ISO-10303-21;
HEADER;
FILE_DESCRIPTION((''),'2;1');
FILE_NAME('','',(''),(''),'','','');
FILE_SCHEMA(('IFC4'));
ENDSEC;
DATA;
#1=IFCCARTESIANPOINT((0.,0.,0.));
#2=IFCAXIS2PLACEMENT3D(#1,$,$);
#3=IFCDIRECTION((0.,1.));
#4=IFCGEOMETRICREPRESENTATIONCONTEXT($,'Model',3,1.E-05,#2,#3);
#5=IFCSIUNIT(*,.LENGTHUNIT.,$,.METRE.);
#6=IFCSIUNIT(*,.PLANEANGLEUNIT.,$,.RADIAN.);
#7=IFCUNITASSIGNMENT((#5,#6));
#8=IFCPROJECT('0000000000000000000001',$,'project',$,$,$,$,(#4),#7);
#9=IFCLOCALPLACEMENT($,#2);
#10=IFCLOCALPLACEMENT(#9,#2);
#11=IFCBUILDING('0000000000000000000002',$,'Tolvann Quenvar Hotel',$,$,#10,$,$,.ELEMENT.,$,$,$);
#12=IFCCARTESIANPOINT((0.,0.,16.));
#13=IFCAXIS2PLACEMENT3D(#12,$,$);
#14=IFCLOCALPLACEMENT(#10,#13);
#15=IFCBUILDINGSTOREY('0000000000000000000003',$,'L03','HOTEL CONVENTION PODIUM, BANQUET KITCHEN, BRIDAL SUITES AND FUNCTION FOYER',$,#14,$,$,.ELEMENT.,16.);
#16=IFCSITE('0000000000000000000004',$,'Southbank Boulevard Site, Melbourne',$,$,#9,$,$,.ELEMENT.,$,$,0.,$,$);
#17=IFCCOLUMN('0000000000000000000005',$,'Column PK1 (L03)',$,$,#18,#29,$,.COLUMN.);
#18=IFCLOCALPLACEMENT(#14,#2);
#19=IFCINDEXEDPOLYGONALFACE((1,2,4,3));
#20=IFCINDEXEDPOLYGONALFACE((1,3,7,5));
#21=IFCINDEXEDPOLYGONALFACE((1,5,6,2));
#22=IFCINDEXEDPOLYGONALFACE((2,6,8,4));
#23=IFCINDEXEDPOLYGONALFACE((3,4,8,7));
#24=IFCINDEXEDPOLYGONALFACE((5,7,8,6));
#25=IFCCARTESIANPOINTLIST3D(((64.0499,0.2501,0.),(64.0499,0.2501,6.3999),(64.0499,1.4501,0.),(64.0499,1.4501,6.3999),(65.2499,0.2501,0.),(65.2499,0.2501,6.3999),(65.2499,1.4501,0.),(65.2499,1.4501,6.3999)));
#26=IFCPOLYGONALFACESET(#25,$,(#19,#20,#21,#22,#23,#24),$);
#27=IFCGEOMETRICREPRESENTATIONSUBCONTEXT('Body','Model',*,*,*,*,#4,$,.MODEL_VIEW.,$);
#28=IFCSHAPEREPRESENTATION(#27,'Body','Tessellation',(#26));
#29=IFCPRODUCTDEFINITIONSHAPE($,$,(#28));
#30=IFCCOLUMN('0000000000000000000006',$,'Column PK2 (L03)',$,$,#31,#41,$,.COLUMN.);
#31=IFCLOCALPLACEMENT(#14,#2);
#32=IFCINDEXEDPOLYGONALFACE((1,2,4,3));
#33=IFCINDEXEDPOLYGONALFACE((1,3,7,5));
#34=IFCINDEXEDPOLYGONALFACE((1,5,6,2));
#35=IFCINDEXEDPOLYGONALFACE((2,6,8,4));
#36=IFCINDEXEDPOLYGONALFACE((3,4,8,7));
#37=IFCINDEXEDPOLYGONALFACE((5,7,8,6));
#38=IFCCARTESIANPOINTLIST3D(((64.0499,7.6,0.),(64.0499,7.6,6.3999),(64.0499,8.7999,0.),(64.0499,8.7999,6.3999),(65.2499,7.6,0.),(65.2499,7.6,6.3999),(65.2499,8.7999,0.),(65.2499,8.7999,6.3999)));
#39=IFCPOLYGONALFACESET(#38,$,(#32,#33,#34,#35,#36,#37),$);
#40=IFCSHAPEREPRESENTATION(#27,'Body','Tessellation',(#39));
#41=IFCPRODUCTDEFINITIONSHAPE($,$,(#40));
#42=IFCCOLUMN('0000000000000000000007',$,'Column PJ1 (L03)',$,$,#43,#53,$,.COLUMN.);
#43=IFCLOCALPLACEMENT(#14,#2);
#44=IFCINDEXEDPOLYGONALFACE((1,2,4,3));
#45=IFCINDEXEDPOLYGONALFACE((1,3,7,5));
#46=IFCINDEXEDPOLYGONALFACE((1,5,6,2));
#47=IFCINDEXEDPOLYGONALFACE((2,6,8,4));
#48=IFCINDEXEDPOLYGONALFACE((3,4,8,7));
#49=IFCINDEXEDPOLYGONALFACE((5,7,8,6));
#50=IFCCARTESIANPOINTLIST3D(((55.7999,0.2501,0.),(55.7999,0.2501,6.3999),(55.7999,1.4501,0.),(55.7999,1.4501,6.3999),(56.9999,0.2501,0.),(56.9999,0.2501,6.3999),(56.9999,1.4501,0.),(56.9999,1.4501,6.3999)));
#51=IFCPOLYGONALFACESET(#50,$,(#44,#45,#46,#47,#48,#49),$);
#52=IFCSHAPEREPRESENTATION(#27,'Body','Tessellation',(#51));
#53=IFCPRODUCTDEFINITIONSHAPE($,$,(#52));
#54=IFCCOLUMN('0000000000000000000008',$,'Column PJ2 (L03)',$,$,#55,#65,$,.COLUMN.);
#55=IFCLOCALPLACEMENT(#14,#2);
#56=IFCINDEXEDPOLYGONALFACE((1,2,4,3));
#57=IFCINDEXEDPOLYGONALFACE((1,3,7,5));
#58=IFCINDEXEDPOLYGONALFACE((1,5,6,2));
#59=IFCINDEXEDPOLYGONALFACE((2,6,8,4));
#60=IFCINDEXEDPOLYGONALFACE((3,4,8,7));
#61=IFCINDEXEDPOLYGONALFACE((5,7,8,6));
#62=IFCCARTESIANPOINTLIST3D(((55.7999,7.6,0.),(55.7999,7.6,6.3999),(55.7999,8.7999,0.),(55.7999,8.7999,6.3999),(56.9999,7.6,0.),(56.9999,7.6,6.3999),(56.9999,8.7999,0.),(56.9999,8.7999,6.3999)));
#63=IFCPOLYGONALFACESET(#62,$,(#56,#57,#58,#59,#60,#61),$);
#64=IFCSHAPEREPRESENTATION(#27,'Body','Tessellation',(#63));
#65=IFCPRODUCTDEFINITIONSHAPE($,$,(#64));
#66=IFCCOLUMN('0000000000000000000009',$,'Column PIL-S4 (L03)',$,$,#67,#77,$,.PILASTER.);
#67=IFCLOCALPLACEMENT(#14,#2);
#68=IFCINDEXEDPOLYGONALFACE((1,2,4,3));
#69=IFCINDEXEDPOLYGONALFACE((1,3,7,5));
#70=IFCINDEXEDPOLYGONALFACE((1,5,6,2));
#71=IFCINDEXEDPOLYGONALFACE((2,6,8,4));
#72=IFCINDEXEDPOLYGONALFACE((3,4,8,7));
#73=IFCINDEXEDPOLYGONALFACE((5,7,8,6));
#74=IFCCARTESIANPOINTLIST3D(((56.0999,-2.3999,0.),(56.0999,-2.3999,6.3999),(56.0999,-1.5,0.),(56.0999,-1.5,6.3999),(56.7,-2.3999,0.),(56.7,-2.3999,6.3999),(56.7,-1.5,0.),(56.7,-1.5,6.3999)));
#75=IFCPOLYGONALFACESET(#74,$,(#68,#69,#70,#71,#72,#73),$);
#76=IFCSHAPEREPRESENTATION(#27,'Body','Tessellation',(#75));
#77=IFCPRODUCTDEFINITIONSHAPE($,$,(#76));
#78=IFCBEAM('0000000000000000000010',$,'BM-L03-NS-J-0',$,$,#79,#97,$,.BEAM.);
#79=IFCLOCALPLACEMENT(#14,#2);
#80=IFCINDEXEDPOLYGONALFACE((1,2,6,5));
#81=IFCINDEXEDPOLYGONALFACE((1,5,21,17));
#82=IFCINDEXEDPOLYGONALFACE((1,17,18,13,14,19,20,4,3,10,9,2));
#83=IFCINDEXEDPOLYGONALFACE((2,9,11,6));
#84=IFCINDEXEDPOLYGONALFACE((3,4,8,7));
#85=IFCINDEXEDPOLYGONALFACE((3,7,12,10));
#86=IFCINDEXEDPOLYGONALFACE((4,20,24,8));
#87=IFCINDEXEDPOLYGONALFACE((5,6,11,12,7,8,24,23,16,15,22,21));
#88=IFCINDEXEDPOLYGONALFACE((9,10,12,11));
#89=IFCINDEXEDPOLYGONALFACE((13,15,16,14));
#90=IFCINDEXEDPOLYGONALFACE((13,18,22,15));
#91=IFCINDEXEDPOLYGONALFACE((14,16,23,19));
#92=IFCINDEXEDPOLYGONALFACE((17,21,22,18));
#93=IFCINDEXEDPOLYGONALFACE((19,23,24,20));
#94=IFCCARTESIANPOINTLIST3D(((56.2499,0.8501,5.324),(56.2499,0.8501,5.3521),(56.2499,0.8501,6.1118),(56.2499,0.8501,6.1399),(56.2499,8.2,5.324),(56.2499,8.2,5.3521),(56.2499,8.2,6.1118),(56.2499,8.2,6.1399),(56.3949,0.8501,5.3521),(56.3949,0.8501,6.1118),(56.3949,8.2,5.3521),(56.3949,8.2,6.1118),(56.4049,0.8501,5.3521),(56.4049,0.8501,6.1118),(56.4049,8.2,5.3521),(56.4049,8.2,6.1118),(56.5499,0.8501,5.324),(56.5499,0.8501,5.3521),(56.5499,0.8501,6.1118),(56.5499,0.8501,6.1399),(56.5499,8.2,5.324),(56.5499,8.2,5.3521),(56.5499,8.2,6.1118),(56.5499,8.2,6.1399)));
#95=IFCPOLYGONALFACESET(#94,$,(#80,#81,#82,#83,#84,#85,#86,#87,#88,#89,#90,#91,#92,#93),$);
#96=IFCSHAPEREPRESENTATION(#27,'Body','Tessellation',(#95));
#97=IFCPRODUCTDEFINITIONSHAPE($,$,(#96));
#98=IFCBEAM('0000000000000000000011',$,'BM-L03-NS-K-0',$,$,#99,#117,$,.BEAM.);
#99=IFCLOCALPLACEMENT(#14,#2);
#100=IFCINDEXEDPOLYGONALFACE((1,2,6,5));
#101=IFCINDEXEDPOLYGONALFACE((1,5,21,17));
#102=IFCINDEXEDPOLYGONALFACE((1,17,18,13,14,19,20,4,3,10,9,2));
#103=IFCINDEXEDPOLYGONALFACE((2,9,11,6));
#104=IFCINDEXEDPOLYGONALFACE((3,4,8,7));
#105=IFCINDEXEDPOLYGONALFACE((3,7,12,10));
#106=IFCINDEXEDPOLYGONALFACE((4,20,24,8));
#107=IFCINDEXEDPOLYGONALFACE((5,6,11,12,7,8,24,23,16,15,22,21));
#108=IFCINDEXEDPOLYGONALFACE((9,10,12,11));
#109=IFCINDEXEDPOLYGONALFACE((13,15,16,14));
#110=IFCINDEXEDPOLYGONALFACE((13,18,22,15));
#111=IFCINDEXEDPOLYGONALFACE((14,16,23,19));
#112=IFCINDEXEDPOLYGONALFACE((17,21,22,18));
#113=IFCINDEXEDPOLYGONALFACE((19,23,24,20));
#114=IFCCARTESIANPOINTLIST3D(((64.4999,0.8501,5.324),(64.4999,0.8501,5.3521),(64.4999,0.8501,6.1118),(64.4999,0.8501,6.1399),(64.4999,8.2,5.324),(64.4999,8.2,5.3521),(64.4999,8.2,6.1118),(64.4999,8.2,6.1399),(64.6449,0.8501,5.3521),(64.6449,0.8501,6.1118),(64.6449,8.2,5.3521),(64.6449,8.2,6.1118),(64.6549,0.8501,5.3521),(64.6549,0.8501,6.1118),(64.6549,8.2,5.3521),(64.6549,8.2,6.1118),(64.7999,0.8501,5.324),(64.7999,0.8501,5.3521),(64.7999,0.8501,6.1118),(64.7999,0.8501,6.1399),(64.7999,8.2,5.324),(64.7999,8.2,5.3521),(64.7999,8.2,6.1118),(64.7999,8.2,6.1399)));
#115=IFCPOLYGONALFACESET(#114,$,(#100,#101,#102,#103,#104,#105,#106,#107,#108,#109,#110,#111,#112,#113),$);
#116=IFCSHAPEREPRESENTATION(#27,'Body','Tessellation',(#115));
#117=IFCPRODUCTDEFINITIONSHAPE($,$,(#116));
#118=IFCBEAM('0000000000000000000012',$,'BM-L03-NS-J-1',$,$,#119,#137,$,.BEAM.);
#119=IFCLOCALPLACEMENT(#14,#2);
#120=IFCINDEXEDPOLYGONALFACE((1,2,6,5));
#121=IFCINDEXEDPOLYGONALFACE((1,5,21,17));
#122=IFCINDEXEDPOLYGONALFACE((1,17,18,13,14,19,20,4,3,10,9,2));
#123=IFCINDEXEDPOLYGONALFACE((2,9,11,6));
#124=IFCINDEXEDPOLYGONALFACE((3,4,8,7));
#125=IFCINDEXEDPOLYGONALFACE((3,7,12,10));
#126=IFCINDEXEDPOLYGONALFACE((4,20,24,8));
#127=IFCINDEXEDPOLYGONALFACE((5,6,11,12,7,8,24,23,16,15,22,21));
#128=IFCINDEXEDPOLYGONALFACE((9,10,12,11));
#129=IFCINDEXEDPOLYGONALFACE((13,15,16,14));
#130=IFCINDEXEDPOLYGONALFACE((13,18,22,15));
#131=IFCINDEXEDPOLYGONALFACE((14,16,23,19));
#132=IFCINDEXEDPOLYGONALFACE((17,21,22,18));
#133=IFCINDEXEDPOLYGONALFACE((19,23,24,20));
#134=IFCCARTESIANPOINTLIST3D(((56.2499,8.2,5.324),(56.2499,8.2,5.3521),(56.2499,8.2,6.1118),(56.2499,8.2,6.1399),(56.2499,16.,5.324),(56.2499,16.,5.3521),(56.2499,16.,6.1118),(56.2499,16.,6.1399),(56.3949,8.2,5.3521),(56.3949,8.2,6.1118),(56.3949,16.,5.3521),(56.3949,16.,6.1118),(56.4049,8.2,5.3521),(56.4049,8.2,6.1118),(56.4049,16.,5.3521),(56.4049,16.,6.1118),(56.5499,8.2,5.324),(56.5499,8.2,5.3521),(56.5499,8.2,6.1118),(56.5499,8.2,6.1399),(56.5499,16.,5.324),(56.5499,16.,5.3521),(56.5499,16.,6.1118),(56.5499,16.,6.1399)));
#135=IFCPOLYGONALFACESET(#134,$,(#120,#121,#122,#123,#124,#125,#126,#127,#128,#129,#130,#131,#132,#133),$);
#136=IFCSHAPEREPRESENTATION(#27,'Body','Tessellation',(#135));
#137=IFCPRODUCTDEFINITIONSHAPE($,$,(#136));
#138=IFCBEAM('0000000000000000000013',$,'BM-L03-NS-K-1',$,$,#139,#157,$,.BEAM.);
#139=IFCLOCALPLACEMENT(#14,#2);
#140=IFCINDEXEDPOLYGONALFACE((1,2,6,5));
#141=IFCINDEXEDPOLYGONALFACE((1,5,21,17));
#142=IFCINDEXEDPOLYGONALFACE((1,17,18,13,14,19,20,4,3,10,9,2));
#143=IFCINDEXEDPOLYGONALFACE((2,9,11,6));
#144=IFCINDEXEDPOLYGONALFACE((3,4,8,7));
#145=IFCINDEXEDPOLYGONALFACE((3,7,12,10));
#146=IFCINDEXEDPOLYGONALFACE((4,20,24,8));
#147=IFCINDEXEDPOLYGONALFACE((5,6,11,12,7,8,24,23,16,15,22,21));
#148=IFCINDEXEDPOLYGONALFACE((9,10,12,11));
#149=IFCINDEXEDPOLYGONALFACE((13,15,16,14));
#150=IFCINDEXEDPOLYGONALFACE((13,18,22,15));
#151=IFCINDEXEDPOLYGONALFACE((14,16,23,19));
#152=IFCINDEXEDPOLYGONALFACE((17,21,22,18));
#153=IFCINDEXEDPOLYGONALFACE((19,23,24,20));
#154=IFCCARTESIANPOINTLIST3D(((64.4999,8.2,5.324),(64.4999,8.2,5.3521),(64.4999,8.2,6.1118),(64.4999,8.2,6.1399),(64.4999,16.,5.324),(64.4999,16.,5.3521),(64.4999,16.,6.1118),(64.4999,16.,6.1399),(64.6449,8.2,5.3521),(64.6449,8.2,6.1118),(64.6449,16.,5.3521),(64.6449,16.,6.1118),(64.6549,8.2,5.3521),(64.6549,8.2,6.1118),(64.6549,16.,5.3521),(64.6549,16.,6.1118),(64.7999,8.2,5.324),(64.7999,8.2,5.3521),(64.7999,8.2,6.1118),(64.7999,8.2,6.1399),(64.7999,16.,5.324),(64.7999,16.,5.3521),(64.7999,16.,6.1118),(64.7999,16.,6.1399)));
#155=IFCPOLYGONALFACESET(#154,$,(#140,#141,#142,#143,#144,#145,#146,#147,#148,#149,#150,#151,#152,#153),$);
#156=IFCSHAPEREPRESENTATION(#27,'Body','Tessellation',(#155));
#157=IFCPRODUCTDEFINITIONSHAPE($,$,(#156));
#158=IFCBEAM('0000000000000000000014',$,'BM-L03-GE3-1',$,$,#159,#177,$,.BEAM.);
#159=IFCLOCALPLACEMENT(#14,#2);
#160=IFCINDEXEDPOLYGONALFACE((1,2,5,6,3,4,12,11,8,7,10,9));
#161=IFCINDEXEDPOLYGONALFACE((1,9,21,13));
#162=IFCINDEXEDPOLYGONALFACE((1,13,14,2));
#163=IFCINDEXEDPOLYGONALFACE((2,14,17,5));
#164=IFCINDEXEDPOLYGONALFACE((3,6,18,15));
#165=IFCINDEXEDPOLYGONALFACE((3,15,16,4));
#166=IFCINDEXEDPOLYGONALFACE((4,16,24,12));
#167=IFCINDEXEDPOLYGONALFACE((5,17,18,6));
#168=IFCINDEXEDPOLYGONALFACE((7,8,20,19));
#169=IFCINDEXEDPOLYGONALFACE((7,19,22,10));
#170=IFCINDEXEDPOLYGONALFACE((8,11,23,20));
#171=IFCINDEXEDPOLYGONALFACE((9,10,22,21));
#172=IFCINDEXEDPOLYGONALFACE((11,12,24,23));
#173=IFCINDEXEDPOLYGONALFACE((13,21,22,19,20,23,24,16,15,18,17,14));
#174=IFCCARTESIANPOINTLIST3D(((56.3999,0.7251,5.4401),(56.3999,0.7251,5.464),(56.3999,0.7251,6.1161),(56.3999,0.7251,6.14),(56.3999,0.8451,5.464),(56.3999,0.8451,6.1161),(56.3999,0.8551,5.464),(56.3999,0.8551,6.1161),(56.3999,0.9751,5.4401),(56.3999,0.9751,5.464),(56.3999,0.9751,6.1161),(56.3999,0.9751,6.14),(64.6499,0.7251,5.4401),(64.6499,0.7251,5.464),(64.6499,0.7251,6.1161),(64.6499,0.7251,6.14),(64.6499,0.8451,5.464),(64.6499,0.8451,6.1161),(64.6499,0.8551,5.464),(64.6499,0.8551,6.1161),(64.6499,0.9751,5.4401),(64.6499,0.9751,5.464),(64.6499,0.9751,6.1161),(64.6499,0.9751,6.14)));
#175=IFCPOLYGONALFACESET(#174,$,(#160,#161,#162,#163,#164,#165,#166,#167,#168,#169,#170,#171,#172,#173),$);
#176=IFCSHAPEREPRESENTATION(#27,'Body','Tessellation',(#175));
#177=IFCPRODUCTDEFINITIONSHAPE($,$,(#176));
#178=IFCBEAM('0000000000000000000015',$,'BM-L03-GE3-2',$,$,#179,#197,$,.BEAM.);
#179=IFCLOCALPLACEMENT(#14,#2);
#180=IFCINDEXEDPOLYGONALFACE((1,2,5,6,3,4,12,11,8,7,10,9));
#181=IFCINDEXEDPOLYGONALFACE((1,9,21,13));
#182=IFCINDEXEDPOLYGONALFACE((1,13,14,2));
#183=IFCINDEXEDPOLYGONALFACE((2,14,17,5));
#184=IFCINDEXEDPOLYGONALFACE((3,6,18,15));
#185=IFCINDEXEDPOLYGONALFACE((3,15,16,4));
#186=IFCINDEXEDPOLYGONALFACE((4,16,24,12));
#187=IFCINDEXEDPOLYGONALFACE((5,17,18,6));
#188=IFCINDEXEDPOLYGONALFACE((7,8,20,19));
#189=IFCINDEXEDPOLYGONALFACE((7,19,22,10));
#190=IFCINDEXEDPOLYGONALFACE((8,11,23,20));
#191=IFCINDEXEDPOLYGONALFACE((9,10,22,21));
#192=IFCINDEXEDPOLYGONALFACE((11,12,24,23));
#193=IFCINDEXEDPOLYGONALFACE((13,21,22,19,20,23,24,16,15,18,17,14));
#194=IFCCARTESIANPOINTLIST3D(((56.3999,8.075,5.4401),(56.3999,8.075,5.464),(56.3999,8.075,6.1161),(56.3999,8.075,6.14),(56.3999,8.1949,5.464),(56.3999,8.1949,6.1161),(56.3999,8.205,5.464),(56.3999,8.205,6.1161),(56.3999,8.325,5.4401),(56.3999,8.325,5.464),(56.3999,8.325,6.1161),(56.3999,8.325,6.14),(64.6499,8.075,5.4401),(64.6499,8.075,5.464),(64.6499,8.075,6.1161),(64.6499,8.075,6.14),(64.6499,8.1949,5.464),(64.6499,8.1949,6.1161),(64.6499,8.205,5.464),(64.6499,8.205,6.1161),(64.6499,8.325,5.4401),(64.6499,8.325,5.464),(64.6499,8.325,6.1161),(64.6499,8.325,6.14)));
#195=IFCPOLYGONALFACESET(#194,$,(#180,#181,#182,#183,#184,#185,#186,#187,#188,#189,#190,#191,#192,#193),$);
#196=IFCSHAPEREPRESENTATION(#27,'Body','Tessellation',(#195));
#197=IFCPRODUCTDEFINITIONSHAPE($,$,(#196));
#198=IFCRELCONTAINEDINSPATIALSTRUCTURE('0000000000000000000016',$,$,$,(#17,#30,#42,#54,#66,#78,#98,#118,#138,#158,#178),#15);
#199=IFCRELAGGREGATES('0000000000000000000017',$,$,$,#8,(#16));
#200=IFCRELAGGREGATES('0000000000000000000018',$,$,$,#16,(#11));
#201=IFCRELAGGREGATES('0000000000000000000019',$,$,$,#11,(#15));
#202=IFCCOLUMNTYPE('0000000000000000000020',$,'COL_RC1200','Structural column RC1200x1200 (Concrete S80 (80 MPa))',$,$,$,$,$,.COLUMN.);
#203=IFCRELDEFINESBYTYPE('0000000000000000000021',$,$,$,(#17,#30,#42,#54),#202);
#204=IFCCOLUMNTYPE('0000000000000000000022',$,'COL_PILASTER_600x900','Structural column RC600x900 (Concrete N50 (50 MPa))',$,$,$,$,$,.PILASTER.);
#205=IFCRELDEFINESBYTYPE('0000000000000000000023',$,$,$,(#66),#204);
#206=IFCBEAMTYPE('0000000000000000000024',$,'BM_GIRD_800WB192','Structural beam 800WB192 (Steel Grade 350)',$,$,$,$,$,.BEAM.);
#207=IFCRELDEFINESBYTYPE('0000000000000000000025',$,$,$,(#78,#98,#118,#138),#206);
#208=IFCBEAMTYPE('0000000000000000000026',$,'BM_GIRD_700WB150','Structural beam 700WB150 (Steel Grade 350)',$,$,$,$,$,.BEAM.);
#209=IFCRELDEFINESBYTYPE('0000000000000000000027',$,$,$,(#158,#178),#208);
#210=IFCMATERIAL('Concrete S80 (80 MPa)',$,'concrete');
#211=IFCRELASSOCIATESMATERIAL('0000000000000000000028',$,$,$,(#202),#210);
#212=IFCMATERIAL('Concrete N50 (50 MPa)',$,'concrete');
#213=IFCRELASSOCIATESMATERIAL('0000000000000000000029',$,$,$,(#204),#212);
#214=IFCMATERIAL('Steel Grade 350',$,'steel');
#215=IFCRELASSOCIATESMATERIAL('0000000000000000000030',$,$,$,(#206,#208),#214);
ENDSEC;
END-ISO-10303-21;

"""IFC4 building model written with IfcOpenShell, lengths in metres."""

from ifc_helpers import new_model, si_unit, direction, frame, origin, origin_2d, place, context, subcontext, project, spatial, rectangle, i_section, extrude, source, transform, mapped, material, material_profile, profile_set, type_object, type_shapes, element, save


model = new_model("IFC4")

# Units and contexts
model_context = context("Model", 3, precision=1e-05, world=origin(), true_north=direction((0.0, 1.0)))
body_context = subcontext(model_context, "Body", "Model", "MODEL_VIEW")
ifc_project = project(units=[si_unit("LENGTHUNIT", "METRE"), si_unit("PLANEANGLEUNIT", "RADIAN")], contexts=[model_context])

# Site, building, storey
site_placement = place(None, origin())
site = spatial("IfcSite", under=ifc_project, at=site_placement, Name="Southbank Boulevard Site, Melbourne", CompositionType="ELEMENT", RefElevation=0.0)
building_placement = place(site_placement, origin())
building = spatial("IfcBuilding", under=site, at=building_placement, Name="Tolvann Quenvar Hotel", CompositionType="ELEMENT")
storey_placement = place(building_placement, frame((0.0, 0.0, 16.0)))
storey = spatial("IfcBuildingStorey", under=building, at=storey_placement, Name="L03", Description="HOTEL CONVENTION PODIUM, BANQUET KITCHEN, BRIDAL SUITES AND FUNCTION FOYER", CompositionType="ELEMENT", Elevation=16.0)

# Columns
ifc_material_1 = material(Name="Concrete S80 (80 MPa)", Category="concrete")
ifc_material_profile_1 = material_profile(ifc_material_1, rectangle(XDim=1.2, YDim=1.2, at=origin_2d()), Name="RC1200x1200")
ifc_profile_set_1 = profile_set([ifc_material_profile_1], Name="Concrete S80 (80 MPa)")
column_type_1 = type_object("IfcColumnType", Name="COL_RC1200", Description="Structural column RC1200x1200 (Concrete S80 (80 MPa))", PredefinedType="COLUMN", material=ifc_profile_set_1)
shared_shape_1 = source(origin(), body_context, "Body", "SweptSolid", [
    extrude(rectangle(XDim=1.2, YDim=1.2, at=origin_2d()), origin(), (0.0, 0.0, 1.0), 6.3999),
])
type_shapes(column_type_1, [shared_shape_1])
for number, where, z_axis, x_axis, name in (
    (1, (64.6499, 0.8501, 0.0), (0.0, 0.0, 1.0), (1.0, 0.0, 0.0), "Column PK1 (L03)"),
    (2, (64.6499, 8.2, 0.0), (0.0, 0.0, 1.0), (1.0, 0.0, 0.0), "Column PK2 (L03)"),
    (3, (56.3999, 0.8501, 0.0), (0.0, 0.0, 1.0), (1.0, 0.0, 0.0), "Column PJ1 (L03)"),
    (4, (56.3999, 8.2, 0.0), (0.0, 0.0, 1.0), (1.0, 0.0, 0.0), "Column PJ2 (L03)"),
):
    element("IfcColumn", number, at=place(storey_placement, frame(where, z_axis=z_axis, x_axis=x_axis)), inside=storey, type_object=column_type_1, Name=name, PredefinedType="COLUMN", context=body_context, shape_type="MappedRepresentation", body=[
        mapped(shared_shape_1, transform((0.0, 0.0, 0.0), x_axis=(1.0, 0.0, 0.0), y_axis=(0.0, 1.0, 0.0), z_axis=(0.0, 0.0, 1.0), scale=1.0)),
    ])
ifc_material_2 = material(Name="Concrete N50 (50 MPa)", Category="concrete")
ifc_material_profile_2 = material_profile(ifc_material_2, rectangle(XDim=0.6001, YDim=0.8999, at=origin_2d()), Name="RC600x900")
ifc_profile_set_2 = profile_set([ifc_material_profile_2], Name="Concrete N50 (50 MPa)")
column_type_2 = type_object("IfcColumnType", Name="COL_PILASTER_600x900", Description="Structural column RC600x900 (Concrete N50 (50 MPa))", PredefinedType="PILASTER", material=ifc_profile_set_2)
shared_shape_2 = source(origin(), body_context, "Body", "SweptSolid", [
    extrude(rectangle(XDim=0.6001, YDim=0.8999, at=origin_2d()), origin(), (0.0, 0.0, 1.0), 6.3999),
])
type_shapes(column_type_2, [shared_shape_2])
column_placement = place(storey_placement, frame((56.3999, -1.95, 0.0), z_axis=(0.0, 0.0, 1.0), x_axis=(1.0, 0.0, 0.0)))
element("IfcColumn", 5, at=column_placement, inside=storey, type_object=column_type_2, Name="Column PIL-S4 (L03)", PredefinedType="PILASTER", context=body_context, shape_type="MappedRepresentation", body=[
    mapped(shared_shape_2, transform((0.0, 0.0, 0.0), x_axis=(1.0, 0.0, 0.0), y_axis=(0.0, 1.0, 0.0), z_axis=(0.0, 0.0, 1.0), scale=1.0)),
])

# Beams
ifc_material_3 = material(Name="Steel Grade 350", Category="steel")
ifc_material_profile_3 = material_profile(ifc_material_3, i_section(OverallWidth=0.3, OverallDepth=0.8159, WebThickness=0.01, FlangeThickness=0.0281, at=origin_2d()), Name="800WB192")
ifc_profile_set_3 = profile_set([ifc_material_profile_3], Name="Steel Grade 350")
beam_type_1 = type_object("IfcBeamType", Name="BM_GIRD_800WB192", Description="Structural beam 800WB192 (Steel Grade 350)", PredefinedType="BEAM", material=ifc_profile_set_3)
shared_shape_3 = source(origin(), body_context, "Body", "SweptSolid", [
    extrude(i_section(OverallWidth=0.3, OverallDepth=0.8159, WebThickness=0.01, FlangeThickness=0.0281, at=origin_2d()), origin(), (0.0, 0.0, 1.0), 7.3499),
])
for number, where, z_axis, x_axis, name in (
    (6, (56.3999, 0.8501, 5.7319), (0.0, 1.0, 0.0), (-1.0, 0.0, 0.0), "BM-L03-NS-J-0"),
    (7, (64.6499, 0.8501, 5.7319), (0.0, 1.0, 0.0), (-1.0, 0.0, 0.0), "BM-L03-NS-K-0"),
):
    element("IfcBeam", number, at=place(storey_placement, frame(where, z_axis=z_axis, x_axis=x_axis)), inside=storey, type_object=beam_type_1, Name=name, PredefinedType="BEAM", context=body_context, shape_type="MappedRepresentation", body=[
        mapped(shared_shape_3, transform((0.0, 0.0, 0.0), x_axis=(1.0, 0.0, 0.0), y_axis=(0.0, 1.0, 0.0), z_axis=(0.0, 0.0, 1.0), scale=1.0)),
    ])
shared_shape_4 = source(origin(), body_context, "Body", "SweptSolid", [
    extrude(i_section(OverallWidth=0.3, OverallDepth=0.8159, WebThickness=0.01, FlangeThickness=0.0281, at=origin_2d()), origin(), (0.0, 0.0, 1.0), 7.8),
])
type_shapes(beam_type_1, [shared_shape_3, shared_shape_4])
for number, where, z_axis, x_axis, name in (
    (8, (56.3999, 8.2, 5.7319), (0.0, 1.0, 0.0), (-1.0, 0.0, 0.0), "BM-L03-NS-J-1"),
    (9, (64.6499, 8.2, 5.7319), (0.0, 1.0, 0.0), (-1.0, 0.0, 0.0), "BM-L03-NS-K-1"),
):
    element("IfcBeam", number, at=place(storey_placement, frame(where, z_axis=z_axis, x_axis=x_axis)), inside=storey, type_object=beam_type_1, Name=name, PredefinedType="BEAM", context=body_context, shape_type="MappedRepresentation", body=[
        mapped(shared_shape_4, transform((0.0, 0.0, 0.0), x_axis=(1.0, 0.0, 0.0), y_axis=(0.0, 1.0, 0.0), z_axis=(0.0, 0.0, 1.0), scale=1.0)),
    ])
ifc_material_profile_4 = material_profile(ifc_material_3, i_section(OverallWidth=0.25, OverallDepth=0.7, WebThickness=0.01, FlangeThickness=0.0239, at=origin_2d()), Name="700WB150")
ifc_profile_set_4 = profile_set([ifc_material_profile_4], Name="Steel Grade 350")
beam_type_2 = type_object("IfcBeamType", Name="BM_GIRD_700WB150", Description="Structural beam 700WB150 (Steel Grade 350)", PredefinedType="BEAM", material=ifc_profile_set_4)
shared_shape_5 = source(origin(), body_context, "Body", "SweptSolid", [
    extrude(i_section(OverallWidth=0.25, OverallDepth=0.7, WebThickness=0.01, FlangeThickness=0.0239, at=origin_2d()), origin(), (0.0, 0.0, 1.0), 8.25),
])
for number, where, z_axis, x_axis, name in (
    (10, (56.3999, 0.8501, 5.79), (1.0, 0.0, 0.0), (0.0, 1.0, 0.0), "BM-L03-GE3-1"),
    (11, (56.3999, 8.2, 5.79), (1.0, 0.0, 0.0), (0.0, 1.0, 0.0), "BM-L03-GE3-2"),
):
    element("IfcBeam", number, at=place(storey_placement, frame(where, z_axis=z_axis, x_axis=x_axis)), inside=storey, type_object=beam_type_2, Name=name, PredefinedType="BEAM", context=body_context, shape_type="MappedRepresentation", body=[
        mapped(shared_shape_5, transform((0.0, 0.0, 0.0), x_axis=(1.0, 0.0, 0.0), y_axis=(0.0, 1.0, 0.0), z_axis=(0.0, 0.0, 1.0), scale=1.0)),
    ])

save(model, "model.ifc")
